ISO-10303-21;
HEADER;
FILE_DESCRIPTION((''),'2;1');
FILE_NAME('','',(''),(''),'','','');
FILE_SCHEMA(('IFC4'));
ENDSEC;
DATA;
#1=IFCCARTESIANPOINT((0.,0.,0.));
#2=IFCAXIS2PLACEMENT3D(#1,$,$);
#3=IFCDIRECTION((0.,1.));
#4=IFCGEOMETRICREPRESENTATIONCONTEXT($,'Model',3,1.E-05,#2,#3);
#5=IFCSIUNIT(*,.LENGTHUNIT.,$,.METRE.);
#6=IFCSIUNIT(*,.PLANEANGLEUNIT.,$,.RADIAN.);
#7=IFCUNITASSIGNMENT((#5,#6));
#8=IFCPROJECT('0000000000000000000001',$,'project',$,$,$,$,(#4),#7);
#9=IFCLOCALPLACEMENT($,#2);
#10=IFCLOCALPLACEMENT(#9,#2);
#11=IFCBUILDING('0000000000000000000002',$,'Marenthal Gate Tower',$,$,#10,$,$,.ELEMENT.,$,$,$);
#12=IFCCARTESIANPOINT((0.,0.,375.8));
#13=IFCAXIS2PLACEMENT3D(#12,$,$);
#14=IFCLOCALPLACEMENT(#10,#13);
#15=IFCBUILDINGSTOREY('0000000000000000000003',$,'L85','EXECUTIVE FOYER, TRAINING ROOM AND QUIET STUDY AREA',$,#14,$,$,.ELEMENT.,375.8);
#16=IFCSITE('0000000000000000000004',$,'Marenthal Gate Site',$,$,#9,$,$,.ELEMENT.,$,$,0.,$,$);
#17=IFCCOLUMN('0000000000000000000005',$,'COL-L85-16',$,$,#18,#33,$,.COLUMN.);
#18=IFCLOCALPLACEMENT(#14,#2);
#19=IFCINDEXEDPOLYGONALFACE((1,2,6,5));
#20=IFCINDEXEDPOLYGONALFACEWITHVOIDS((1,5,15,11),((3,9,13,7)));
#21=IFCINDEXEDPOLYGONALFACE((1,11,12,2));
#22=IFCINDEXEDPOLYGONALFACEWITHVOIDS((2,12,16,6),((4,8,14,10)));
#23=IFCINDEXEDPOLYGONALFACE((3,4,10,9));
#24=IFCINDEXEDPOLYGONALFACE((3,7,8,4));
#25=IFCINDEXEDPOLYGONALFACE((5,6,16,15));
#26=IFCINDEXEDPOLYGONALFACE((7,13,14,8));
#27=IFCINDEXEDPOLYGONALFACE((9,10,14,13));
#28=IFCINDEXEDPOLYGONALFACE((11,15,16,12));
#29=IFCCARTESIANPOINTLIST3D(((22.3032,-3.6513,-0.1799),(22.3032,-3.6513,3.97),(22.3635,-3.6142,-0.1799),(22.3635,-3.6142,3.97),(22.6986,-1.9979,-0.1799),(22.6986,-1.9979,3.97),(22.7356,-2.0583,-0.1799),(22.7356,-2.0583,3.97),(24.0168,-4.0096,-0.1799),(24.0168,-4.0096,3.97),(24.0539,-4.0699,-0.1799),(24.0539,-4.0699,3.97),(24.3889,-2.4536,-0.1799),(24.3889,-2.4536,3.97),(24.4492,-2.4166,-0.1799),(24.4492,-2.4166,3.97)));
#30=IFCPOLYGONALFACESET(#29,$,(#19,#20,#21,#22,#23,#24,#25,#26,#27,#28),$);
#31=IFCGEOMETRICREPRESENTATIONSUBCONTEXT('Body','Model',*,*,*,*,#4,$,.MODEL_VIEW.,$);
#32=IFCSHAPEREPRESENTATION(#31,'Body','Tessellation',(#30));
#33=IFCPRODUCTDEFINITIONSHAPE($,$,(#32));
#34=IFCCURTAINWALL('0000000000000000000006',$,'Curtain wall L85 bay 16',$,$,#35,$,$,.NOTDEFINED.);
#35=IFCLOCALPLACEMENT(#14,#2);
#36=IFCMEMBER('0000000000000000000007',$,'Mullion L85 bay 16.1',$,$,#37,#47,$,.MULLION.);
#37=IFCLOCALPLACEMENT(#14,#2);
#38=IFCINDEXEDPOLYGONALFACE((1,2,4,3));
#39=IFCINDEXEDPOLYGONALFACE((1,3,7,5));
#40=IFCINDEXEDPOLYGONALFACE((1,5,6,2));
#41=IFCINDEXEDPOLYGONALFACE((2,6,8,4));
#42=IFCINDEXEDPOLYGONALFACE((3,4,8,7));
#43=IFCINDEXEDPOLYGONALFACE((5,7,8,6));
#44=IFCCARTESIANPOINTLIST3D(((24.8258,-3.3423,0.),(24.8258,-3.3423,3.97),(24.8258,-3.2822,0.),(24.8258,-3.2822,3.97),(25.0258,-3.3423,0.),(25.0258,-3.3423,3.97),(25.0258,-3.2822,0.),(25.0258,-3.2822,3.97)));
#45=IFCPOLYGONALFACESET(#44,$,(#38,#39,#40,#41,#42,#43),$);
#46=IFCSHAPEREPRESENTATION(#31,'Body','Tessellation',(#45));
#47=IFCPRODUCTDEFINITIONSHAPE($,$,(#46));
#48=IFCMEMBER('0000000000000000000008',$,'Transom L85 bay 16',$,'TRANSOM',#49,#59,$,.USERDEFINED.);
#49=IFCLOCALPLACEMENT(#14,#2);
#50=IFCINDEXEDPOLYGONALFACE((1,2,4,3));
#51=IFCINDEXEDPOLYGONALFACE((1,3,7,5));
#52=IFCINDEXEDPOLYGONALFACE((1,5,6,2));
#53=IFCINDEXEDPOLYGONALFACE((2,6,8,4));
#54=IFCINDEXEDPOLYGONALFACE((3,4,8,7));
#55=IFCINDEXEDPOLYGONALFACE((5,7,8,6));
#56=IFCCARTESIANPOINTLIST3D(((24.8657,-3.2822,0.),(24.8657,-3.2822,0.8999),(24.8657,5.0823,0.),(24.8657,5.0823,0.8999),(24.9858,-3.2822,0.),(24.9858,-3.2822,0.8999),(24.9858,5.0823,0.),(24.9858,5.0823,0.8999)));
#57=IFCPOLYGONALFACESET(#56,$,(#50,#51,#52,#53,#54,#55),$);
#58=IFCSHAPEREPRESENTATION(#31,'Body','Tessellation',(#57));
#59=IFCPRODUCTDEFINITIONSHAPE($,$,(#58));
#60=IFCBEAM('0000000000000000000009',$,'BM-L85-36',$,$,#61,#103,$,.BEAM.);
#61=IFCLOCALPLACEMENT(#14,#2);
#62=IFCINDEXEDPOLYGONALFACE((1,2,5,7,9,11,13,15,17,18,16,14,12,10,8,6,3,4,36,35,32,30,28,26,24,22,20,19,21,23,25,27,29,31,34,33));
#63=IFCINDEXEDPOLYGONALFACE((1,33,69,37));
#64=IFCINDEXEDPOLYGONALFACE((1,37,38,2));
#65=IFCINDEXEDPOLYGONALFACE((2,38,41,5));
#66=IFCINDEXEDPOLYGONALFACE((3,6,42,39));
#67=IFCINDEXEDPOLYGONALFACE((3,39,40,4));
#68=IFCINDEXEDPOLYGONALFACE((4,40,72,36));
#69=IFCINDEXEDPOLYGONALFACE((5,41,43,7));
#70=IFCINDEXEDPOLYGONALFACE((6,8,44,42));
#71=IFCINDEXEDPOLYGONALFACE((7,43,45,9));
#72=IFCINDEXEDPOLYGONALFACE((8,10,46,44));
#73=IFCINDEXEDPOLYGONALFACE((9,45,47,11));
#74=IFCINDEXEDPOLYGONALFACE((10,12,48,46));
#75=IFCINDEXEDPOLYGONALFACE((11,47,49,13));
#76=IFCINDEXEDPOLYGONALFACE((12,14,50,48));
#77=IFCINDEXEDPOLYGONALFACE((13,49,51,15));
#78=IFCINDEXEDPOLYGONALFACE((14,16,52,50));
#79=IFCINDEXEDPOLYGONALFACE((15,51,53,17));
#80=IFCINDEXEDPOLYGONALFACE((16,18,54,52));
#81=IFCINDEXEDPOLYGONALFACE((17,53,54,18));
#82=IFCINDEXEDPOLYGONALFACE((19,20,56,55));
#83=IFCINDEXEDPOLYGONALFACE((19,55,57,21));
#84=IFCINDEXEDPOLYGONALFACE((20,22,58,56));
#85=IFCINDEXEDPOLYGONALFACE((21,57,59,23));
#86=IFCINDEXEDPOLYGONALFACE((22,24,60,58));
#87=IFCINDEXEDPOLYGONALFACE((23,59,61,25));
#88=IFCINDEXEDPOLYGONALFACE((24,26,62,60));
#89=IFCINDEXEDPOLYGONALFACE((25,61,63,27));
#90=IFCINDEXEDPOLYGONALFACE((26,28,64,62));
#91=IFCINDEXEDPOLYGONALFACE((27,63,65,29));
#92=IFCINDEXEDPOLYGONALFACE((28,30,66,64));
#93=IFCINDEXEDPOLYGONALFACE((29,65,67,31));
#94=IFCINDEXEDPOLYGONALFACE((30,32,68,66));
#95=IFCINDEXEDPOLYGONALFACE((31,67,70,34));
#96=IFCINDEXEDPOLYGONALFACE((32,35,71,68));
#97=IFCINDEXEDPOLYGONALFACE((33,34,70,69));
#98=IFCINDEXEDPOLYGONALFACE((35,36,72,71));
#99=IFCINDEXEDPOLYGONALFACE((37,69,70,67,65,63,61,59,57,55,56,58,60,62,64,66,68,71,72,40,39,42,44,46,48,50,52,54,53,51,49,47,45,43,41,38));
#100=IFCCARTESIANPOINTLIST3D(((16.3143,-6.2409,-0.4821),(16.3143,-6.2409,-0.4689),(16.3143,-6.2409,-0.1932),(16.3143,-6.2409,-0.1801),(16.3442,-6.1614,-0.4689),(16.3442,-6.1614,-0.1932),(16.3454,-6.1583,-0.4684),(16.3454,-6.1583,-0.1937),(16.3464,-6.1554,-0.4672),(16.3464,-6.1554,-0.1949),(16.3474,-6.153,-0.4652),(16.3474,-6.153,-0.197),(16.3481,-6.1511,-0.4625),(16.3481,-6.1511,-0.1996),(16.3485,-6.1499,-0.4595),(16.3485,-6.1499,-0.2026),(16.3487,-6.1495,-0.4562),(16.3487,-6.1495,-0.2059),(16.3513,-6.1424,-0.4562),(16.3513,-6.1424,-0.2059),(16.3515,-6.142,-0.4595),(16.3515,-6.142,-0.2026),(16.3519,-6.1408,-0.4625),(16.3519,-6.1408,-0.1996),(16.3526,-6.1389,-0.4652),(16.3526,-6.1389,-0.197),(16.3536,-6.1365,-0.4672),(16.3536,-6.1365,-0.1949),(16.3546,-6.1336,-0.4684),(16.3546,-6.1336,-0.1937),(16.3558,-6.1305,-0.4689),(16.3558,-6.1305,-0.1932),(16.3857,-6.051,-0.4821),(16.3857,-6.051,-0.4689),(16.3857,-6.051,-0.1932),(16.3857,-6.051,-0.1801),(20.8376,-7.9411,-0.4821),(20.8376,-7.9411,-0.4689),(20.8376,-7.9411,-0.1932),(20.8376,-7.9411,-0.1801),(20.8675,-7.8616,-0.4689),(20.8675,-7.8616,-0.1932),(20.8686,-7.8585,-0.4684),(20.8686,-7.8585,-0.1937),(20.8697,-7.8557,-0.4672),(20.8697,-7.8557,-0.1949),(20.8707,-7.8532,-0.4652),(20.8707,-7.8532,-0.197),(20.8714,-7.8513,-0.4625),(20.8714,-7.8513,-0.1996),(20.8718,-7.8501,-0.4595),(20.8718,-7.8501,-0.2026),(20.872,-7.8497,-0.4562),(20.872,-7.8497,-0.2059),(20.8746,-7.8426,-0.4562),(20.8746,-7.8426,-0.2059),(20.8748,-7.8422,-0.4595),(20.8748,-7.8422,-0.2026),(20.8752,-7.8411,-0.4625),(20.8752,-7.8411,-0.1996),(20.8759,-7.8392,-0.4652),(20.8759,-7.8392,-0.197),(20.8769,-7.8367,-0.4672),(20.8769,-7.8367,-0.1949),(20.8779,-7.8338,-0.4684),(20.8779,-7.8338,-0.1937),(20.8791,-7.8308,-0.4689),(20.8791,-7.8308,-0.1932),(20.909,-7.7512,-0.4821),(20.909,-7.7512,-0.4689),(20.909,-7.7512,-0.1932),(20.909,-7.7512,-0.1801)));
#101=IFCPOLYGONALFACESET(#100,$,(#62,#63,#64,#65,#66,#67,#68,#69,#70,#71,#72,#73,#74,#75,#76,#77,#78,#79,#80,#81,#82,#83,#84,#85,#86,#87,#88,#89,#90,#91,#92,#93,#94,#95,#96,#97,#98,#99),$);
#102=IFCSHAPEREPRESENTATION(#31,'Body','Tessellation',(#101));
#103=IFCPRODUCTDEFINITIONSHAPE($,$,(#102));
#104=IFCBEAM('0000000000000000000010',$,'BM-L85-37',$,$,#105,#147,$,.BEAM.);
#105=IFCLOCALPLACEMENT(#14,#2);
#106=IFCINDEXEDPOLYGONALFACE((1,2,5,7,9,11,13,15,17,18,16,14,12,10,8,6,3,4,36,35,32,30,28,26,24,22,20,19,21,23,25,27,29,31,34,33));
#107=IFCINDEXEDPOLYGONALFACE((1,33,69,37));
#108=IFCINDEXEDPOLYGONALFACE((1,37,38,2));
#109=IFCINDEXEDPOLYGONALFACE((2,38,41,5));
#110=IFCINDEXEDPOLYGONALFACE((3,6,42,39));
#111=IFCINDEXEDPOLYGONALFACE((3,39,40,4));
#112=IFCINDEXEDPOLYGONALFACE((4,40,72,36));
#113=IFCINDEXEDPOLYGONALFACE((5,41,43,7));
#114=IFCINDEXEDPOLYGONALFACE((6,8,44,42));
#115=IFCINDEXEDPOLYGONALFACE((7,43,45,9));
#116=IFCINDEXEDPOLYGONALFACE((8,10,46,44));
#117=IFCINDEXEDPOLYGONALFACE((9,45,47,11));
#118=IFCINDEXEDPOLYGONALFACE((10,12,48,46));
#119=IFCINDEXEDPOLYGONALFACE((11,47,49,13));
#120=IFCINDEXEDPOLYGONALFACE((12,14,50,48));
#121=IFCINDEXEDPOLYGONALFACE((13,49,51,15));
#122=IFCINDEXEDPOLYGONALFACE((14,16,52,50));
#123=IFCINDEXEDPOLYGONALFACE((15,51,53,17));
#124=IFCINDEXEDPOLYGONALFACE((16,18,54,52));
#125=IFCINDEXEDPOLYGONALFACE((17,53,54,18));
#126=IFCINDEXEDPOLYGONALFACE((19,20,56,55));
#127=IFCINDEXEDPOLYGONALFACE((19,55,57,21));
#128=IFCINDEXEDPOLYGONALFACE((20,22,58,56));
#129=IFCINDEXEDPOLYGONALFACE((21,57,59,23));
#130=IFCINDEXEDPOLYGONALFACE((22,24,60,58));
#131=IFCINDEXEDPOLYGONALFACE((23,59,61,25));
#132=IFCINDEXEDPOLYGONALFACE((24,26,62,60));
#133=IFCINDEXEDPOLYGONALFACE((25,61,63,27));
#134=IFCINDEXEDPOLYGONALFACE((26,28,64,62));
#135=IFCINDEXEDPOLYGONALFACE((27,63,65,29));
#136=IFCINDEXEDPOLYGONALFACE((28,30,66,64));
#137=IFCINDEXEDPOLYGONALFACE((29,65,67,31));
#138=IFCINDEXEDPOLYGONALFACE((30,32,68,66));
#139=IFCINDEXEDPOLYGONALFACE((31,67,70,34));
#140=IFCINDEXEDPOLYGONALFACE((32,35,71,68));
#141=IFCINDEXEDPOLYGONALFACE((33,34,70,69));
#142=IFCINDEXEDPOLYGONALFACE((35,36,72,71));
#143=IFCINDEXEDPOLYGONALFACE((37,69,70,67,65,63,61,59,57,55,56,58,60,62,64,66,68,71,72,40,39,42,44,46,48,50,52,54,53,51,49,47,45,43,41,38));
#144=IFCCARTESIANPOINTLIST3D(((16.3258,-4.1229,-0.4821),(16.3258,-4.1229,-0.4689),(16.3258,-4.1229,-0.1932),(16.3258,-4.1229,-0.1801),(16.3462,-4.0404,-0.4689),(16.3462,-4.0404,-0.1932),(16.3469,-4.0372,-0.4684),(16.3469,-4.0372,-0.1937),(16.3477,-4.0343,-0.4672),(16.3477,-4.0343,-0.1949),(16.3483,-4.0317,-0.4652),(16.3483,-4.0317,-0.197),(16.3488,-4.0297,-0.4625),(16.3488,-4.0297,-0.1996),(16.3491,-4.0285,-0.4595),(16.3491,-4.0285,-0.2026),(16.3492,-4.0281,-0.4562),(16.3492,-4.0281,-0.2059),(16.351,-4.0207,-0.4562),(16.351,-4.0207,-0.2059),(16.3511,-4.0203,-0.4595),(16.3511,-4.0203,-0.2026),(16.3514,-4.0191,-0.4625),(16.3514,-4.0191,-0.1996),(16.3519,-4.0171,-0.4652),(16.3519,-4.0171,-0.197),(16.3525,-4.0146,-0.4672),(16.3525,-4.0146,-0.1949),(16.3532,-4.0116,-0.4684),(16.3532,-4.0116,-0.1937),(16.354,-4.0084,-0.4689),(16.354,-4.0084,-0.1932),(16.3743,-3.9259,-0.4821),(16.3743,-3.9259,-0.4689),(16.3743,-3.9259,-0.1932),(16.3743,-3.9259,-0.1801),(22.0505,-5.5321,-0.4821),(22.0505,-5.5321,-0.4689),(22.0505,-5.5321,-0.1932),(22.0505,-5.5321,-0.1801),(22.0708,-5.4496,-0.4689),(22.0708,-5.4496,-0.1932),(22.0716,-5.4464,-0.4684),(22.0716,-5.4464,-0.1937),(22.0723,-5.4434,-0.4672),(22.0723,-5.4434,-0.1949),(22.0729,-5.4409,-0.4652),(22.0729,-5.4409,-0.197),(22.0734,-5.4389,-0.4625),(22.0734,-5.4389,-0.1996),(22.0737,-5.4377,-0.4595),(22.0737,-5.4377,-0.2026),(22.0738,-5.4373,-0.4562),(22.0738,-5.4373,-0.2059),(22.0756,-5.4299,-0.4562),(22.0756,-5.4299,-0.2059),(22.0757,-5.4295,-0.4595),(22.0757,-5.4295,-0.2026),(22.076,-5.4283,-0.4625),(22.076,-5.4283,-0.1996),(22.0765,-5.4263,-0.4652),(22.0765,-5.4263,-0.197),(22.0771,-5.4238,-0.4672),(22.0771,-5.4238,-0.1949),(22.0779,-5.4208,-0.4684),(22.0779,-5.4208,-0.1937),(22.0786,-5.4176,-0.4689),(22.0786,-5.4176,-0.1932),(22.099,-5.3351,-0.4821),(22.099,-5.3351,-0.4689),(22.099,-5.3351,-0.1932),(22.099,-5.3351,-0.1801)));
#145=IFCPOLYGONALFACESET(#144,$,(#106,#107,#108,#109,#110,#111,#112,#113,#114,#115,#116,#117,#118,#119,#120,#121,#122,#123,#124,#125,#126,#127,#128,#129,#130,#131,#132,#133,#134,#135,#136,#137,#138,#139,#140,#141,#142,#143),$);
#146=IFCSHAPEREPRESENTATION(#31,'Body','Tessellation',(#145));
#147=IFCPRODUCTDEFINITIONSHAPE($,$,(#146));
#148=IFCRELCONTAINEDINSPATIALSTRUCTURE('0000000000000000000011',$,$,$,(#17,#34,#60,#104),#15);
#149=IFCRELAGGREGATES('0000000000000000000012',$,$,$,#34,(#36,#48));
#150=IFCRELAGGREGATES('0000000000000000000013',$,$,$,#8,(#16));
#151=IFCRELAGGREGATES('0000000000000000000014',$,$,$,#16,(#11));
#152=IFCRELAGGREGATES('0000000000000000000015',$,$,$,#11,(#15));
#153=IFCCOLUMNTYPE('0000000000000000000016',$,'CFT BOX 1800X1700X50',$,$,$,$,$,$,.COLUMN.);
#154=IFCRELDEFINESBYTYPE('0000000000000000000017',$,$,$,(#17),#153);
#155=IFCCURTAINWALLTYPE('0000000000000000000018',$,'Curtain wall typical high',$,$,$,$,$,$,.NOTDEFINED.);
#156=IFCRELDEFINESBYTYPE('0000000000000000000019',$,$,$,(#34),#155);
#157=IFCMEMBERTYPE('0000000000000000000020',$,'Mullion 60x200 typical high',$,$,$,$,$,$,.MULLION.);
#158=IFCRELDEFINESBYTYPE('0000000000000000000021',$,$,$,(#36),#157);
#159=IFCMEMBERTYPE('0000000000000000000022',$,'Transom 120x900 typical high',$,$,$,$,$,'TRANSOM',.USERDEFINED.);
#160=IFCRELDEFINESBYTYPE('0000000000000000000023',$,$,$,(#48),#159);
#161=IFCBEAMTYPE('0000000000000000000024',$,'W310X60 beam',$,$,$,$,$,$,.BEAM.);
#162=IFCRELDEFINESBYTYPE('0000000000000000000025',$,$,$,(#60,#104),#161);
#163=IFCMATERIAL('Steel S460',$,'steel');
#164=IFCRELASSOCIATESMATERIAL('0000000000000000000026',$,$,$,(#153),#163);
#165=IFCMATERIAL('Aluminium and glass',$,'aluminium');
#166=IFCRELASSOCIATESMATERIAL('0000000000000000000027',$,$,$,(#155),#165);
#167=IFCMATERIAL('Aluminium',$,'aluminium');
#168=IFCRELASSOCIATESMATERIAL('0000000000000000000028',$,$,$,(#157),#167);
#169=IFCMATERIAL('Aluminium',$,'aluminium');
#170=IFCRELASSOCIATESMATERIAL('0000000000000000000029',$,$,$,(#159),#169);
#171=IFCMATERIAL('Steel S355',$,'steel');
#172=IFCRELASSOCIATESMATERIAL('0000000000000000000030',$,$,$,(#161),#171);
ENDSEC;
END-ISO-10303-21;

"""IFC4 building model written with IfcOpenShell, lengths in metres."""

from ifc_helpers import new_model, si_unit, direction, frame, origin, origin_2d, place, context, subcontext, project, spatial, rectangle, hollow_rectangle, i_section, extrude, material, material_profile, profile_set, type_object, element, aggregate, save


model = new_model("IFC4")

# Units and contexts
model_context = context("Model", 3, precision=1e-05, world=origin(), true_north=direction((0.0, 1.0)))
body_context = subcontext(model_context, "Body", "Model", "MODEL_VIEW")
ifc_project = project(units=[si_unit("LENGTHUNIT", "METRE"), si_unit("PLANEANGLEUNIT", "RADIAN")], contexts=[model_context])

# Site, building, storey
site_placement = place(None, origin())
site = spatial("IfcSite", under=ifc_project, at=site_placement, Name="Marenthal Gate Site", CompositionType="ELEMENT", RefElevation=0.0)
building_placement = place(site_placement, origin())
building = spatial("IfcBuilding", under=site, at=building_placement, Name="Marenthal Gate Tower", CompositionType="ELEMENT")
storey_placement = place(building_placement, frame((0.0, 0.0, 375.8)))
storey = spatial("IfcBuildingStorey", under=building, at=storey_placement, Name="L85", Description="EXECUTIVE FOYER, TRAINING ROOM AND QUIET STUDY AREA", CompositionType="ELEMENT", Elevation=375.8)

# Column
ifc_material_1 = material(Name="Steel S460", Category="steel")
ifc_material_profile_1 = material_profile(ifc_material_1, hollow_rectangle(XDim=1.7, YDim=1.8, WallThickness=0.05, at=origin_2d()), Name="CFT BOX 1800X1700X50")
ifc_material_2 = material(Name="Concrete 70 MPa", Category="concrete")
ifc_material_profile_2 = material_profile(ifc_material_2, rectangle(XDim=1.6001, YDim=1.7, at=origin_2d()), Name="CFT BOX 1800X1700X50 INFILL")
ifc_profile_set_1 = profile_set([ifc_material_profile_1, ifc_material_profile_2], Name="Steel S460 shell, Concrete 70 MPa infill")
column_type = type_object("IfcColumnType", Name="CFT BOX 1800X1700X50", PredefinedType="COLUMN", material=ifc_profile_set_1)
column_placement = place(storey_placement, frame((23.3762, -3.0339, -0.1799), z_axis=(0.0, 0.0, 1.0), x_axis=(-0.232571, -0.972579, 0.0)))
element("IfcColumn", 1, at=column_placement, inside=storey, type_object=column_type, Name="COL-L85-16", PredefinedType="COLUMN", context=body_context, shape_type="SweptSolid", body=[
    extrude(hollow_rectangle(XDim=1.7, YDim=1.8, WallThickness=0.05, at=origin_2d()), origin(), (0.0, 0.0, 1.0), 4.1499),
])

# Curtain wall, members
ifc_material_3 = material(Name="Aluminium and glass", Category="aluminium")
curtain_wall_type = type_object("IfcCurtainWallType", Name="Curtain wall typical high", PredefinedType="NOTDEFINED", material=ifc_material_3)
curtain_wall_placement = place(storey_placement, origin())
curtain_wall = element("IfcCurtainWall", 2, at=curtain_wall_placement, inside=storey, type_object=curtain_wall_type, Name="Curtain wall L85 bay 16", PredefinedType="NOTDEFINED")
ifc_material_4 = material(Name="Aluminium", Category="aluminium")
ifc_material_profile_3 = material_profile(ifc_material_4, rectangle(XDim=0.2, YDim=0.0601, at=origin_2d()), Name="60x200 aluminium mullion")
ifc_profile_set_2 = profile_set([ifc_material_profile_3], Name="Aluminium")
member_type_1 = type_object("IfcMemberType", Name="Mullion 60x200 typical high", PredefinedType="MULLION", material=ifc_profile_set_2)
member_1_placement = place(storey_placement, frame((24.9258, -3.3123, 0.0), z_axis=(0.0, 0.0, 1.0), x_axis=(-1.0, 0.0, 0.0)))
member_1 = element("IfcMember", 3, at=member_1_placement, type_object=member_type_1, Name="Mullion L85 bay 16.1", PredefinedType="MULLION", context=body_context, shape_type="SweptSolid", body=[
    extrude(rectangle(XDim=0.2, YDim=0.0601, at=origin_2d()), origin(), (0.0, 0.0, 1.0), 3.97),
])
ifc_material_5 = material(Name="Aluminium", Category="aluminium")
ifc_material_profile_4 = material_profile(ifc_material_5, rectangle(XDim=0.1201, YDim=0.8999, at=origin_2d()), Name="120x900 aluminium transom")
ifc_profile_set_3 = profile_set([ifc_material_profile_4], Name="Aluminium")
member_type_2 = type_object("IfcMemberType", Name="Transom 120x900 typical high", ElementType="TRANSOM", PredefinedType="USERDEFINED", material=ifc_profile_set_3)
member_2_placement = place(storey_placement, frame((24.9258, -3.2822, 0.45), z_axis=(0.0, 1.0, 0.0), x_axis=(-1.0, 0.0, 0.0)))
member_2 = element("IfcMember", 4, at=member_2_placement, type_object=member_type_2, Name="Transom L85 bay 16", ObjectType="TRANSOM", PredefinedType="USERDEFINED", context=body_context, shape_type="SweptSolid", body=[
    extrude(rectangle(XDim=0.1201, YDim=0.8999, at=origin_2d()), origin(), (0.0, 0.0, 1.0), 8.3645),
])

# Beams
ifc_material_6 = material(Name="Steel S355", Category="steel")
ifc_material_profile_5 = material_profile(ifc_material_6, i_section(OverallWidth=0.2029, OverallDepth=0.302, WebThickness=0.0076, FlangeThickness=0.0132, FilletRadius=0.0127, at=origin_2d()), Name="W310X60")
ifc_profile_set_4 = profile_set([ifc_material_profile_5], Name="Steel S355")
beam_type_1 = type_object("IfcBeamType", Name="W310X60 beam", PredefinedType="BEAM", material=ifc_profile_set_4)
beam_1_placement = place(storey_placement, frame((20.8733, -7.8462, -0.3311), z_axis=(-0.936057, 0.351849, 0.0), x_axis=(-0.351849, -0.936057, 0.0)))
element("IfcBeam", 5, at=beam_1_placement, inside=storey, type_object=beam_type_1, Name="BM-L85-36", PredefinedType="BEAM", context=body_context, shape_type="SweptSolid", body=[
    extrude(i_section(OverallWidth=0.2029, OverallDepth=0.302, WebThickness=0.0076, FlangeThickness=0.0132, FilletRadius=0.0127, at=origin_2d()), origin(), (0.0, 0.0, 1.0), 4.8323),
])
beam_2_placement = place(storey_placement, frame((22.0747, -5.4336, -0.3311), z_axis=(-0.971013, 0.239026, 0.0), x_axis=(-0.239026, -0.971013, 0.0)))
element("IfcBeam", 6, at=beam_2_placement, inside=storey, type_object=beam_type_1, Name="BM-L85-37", PredefinedType="BEAM", context=body_context, shape_type="SweptSolid", body=[
    extrude(i_section(OverallWidth=0.2029, OverallDepth=0.302, WebThickness=0.0076, FlangeThickness=0.0132, FilletRadius=0.0127, at=origin_2d()), origin(), (0.0, 0.0, 1.0), 5.8955),
])

aggregate(curtain_wall, [member_1, member_2])

save(model, "model.ifc")
